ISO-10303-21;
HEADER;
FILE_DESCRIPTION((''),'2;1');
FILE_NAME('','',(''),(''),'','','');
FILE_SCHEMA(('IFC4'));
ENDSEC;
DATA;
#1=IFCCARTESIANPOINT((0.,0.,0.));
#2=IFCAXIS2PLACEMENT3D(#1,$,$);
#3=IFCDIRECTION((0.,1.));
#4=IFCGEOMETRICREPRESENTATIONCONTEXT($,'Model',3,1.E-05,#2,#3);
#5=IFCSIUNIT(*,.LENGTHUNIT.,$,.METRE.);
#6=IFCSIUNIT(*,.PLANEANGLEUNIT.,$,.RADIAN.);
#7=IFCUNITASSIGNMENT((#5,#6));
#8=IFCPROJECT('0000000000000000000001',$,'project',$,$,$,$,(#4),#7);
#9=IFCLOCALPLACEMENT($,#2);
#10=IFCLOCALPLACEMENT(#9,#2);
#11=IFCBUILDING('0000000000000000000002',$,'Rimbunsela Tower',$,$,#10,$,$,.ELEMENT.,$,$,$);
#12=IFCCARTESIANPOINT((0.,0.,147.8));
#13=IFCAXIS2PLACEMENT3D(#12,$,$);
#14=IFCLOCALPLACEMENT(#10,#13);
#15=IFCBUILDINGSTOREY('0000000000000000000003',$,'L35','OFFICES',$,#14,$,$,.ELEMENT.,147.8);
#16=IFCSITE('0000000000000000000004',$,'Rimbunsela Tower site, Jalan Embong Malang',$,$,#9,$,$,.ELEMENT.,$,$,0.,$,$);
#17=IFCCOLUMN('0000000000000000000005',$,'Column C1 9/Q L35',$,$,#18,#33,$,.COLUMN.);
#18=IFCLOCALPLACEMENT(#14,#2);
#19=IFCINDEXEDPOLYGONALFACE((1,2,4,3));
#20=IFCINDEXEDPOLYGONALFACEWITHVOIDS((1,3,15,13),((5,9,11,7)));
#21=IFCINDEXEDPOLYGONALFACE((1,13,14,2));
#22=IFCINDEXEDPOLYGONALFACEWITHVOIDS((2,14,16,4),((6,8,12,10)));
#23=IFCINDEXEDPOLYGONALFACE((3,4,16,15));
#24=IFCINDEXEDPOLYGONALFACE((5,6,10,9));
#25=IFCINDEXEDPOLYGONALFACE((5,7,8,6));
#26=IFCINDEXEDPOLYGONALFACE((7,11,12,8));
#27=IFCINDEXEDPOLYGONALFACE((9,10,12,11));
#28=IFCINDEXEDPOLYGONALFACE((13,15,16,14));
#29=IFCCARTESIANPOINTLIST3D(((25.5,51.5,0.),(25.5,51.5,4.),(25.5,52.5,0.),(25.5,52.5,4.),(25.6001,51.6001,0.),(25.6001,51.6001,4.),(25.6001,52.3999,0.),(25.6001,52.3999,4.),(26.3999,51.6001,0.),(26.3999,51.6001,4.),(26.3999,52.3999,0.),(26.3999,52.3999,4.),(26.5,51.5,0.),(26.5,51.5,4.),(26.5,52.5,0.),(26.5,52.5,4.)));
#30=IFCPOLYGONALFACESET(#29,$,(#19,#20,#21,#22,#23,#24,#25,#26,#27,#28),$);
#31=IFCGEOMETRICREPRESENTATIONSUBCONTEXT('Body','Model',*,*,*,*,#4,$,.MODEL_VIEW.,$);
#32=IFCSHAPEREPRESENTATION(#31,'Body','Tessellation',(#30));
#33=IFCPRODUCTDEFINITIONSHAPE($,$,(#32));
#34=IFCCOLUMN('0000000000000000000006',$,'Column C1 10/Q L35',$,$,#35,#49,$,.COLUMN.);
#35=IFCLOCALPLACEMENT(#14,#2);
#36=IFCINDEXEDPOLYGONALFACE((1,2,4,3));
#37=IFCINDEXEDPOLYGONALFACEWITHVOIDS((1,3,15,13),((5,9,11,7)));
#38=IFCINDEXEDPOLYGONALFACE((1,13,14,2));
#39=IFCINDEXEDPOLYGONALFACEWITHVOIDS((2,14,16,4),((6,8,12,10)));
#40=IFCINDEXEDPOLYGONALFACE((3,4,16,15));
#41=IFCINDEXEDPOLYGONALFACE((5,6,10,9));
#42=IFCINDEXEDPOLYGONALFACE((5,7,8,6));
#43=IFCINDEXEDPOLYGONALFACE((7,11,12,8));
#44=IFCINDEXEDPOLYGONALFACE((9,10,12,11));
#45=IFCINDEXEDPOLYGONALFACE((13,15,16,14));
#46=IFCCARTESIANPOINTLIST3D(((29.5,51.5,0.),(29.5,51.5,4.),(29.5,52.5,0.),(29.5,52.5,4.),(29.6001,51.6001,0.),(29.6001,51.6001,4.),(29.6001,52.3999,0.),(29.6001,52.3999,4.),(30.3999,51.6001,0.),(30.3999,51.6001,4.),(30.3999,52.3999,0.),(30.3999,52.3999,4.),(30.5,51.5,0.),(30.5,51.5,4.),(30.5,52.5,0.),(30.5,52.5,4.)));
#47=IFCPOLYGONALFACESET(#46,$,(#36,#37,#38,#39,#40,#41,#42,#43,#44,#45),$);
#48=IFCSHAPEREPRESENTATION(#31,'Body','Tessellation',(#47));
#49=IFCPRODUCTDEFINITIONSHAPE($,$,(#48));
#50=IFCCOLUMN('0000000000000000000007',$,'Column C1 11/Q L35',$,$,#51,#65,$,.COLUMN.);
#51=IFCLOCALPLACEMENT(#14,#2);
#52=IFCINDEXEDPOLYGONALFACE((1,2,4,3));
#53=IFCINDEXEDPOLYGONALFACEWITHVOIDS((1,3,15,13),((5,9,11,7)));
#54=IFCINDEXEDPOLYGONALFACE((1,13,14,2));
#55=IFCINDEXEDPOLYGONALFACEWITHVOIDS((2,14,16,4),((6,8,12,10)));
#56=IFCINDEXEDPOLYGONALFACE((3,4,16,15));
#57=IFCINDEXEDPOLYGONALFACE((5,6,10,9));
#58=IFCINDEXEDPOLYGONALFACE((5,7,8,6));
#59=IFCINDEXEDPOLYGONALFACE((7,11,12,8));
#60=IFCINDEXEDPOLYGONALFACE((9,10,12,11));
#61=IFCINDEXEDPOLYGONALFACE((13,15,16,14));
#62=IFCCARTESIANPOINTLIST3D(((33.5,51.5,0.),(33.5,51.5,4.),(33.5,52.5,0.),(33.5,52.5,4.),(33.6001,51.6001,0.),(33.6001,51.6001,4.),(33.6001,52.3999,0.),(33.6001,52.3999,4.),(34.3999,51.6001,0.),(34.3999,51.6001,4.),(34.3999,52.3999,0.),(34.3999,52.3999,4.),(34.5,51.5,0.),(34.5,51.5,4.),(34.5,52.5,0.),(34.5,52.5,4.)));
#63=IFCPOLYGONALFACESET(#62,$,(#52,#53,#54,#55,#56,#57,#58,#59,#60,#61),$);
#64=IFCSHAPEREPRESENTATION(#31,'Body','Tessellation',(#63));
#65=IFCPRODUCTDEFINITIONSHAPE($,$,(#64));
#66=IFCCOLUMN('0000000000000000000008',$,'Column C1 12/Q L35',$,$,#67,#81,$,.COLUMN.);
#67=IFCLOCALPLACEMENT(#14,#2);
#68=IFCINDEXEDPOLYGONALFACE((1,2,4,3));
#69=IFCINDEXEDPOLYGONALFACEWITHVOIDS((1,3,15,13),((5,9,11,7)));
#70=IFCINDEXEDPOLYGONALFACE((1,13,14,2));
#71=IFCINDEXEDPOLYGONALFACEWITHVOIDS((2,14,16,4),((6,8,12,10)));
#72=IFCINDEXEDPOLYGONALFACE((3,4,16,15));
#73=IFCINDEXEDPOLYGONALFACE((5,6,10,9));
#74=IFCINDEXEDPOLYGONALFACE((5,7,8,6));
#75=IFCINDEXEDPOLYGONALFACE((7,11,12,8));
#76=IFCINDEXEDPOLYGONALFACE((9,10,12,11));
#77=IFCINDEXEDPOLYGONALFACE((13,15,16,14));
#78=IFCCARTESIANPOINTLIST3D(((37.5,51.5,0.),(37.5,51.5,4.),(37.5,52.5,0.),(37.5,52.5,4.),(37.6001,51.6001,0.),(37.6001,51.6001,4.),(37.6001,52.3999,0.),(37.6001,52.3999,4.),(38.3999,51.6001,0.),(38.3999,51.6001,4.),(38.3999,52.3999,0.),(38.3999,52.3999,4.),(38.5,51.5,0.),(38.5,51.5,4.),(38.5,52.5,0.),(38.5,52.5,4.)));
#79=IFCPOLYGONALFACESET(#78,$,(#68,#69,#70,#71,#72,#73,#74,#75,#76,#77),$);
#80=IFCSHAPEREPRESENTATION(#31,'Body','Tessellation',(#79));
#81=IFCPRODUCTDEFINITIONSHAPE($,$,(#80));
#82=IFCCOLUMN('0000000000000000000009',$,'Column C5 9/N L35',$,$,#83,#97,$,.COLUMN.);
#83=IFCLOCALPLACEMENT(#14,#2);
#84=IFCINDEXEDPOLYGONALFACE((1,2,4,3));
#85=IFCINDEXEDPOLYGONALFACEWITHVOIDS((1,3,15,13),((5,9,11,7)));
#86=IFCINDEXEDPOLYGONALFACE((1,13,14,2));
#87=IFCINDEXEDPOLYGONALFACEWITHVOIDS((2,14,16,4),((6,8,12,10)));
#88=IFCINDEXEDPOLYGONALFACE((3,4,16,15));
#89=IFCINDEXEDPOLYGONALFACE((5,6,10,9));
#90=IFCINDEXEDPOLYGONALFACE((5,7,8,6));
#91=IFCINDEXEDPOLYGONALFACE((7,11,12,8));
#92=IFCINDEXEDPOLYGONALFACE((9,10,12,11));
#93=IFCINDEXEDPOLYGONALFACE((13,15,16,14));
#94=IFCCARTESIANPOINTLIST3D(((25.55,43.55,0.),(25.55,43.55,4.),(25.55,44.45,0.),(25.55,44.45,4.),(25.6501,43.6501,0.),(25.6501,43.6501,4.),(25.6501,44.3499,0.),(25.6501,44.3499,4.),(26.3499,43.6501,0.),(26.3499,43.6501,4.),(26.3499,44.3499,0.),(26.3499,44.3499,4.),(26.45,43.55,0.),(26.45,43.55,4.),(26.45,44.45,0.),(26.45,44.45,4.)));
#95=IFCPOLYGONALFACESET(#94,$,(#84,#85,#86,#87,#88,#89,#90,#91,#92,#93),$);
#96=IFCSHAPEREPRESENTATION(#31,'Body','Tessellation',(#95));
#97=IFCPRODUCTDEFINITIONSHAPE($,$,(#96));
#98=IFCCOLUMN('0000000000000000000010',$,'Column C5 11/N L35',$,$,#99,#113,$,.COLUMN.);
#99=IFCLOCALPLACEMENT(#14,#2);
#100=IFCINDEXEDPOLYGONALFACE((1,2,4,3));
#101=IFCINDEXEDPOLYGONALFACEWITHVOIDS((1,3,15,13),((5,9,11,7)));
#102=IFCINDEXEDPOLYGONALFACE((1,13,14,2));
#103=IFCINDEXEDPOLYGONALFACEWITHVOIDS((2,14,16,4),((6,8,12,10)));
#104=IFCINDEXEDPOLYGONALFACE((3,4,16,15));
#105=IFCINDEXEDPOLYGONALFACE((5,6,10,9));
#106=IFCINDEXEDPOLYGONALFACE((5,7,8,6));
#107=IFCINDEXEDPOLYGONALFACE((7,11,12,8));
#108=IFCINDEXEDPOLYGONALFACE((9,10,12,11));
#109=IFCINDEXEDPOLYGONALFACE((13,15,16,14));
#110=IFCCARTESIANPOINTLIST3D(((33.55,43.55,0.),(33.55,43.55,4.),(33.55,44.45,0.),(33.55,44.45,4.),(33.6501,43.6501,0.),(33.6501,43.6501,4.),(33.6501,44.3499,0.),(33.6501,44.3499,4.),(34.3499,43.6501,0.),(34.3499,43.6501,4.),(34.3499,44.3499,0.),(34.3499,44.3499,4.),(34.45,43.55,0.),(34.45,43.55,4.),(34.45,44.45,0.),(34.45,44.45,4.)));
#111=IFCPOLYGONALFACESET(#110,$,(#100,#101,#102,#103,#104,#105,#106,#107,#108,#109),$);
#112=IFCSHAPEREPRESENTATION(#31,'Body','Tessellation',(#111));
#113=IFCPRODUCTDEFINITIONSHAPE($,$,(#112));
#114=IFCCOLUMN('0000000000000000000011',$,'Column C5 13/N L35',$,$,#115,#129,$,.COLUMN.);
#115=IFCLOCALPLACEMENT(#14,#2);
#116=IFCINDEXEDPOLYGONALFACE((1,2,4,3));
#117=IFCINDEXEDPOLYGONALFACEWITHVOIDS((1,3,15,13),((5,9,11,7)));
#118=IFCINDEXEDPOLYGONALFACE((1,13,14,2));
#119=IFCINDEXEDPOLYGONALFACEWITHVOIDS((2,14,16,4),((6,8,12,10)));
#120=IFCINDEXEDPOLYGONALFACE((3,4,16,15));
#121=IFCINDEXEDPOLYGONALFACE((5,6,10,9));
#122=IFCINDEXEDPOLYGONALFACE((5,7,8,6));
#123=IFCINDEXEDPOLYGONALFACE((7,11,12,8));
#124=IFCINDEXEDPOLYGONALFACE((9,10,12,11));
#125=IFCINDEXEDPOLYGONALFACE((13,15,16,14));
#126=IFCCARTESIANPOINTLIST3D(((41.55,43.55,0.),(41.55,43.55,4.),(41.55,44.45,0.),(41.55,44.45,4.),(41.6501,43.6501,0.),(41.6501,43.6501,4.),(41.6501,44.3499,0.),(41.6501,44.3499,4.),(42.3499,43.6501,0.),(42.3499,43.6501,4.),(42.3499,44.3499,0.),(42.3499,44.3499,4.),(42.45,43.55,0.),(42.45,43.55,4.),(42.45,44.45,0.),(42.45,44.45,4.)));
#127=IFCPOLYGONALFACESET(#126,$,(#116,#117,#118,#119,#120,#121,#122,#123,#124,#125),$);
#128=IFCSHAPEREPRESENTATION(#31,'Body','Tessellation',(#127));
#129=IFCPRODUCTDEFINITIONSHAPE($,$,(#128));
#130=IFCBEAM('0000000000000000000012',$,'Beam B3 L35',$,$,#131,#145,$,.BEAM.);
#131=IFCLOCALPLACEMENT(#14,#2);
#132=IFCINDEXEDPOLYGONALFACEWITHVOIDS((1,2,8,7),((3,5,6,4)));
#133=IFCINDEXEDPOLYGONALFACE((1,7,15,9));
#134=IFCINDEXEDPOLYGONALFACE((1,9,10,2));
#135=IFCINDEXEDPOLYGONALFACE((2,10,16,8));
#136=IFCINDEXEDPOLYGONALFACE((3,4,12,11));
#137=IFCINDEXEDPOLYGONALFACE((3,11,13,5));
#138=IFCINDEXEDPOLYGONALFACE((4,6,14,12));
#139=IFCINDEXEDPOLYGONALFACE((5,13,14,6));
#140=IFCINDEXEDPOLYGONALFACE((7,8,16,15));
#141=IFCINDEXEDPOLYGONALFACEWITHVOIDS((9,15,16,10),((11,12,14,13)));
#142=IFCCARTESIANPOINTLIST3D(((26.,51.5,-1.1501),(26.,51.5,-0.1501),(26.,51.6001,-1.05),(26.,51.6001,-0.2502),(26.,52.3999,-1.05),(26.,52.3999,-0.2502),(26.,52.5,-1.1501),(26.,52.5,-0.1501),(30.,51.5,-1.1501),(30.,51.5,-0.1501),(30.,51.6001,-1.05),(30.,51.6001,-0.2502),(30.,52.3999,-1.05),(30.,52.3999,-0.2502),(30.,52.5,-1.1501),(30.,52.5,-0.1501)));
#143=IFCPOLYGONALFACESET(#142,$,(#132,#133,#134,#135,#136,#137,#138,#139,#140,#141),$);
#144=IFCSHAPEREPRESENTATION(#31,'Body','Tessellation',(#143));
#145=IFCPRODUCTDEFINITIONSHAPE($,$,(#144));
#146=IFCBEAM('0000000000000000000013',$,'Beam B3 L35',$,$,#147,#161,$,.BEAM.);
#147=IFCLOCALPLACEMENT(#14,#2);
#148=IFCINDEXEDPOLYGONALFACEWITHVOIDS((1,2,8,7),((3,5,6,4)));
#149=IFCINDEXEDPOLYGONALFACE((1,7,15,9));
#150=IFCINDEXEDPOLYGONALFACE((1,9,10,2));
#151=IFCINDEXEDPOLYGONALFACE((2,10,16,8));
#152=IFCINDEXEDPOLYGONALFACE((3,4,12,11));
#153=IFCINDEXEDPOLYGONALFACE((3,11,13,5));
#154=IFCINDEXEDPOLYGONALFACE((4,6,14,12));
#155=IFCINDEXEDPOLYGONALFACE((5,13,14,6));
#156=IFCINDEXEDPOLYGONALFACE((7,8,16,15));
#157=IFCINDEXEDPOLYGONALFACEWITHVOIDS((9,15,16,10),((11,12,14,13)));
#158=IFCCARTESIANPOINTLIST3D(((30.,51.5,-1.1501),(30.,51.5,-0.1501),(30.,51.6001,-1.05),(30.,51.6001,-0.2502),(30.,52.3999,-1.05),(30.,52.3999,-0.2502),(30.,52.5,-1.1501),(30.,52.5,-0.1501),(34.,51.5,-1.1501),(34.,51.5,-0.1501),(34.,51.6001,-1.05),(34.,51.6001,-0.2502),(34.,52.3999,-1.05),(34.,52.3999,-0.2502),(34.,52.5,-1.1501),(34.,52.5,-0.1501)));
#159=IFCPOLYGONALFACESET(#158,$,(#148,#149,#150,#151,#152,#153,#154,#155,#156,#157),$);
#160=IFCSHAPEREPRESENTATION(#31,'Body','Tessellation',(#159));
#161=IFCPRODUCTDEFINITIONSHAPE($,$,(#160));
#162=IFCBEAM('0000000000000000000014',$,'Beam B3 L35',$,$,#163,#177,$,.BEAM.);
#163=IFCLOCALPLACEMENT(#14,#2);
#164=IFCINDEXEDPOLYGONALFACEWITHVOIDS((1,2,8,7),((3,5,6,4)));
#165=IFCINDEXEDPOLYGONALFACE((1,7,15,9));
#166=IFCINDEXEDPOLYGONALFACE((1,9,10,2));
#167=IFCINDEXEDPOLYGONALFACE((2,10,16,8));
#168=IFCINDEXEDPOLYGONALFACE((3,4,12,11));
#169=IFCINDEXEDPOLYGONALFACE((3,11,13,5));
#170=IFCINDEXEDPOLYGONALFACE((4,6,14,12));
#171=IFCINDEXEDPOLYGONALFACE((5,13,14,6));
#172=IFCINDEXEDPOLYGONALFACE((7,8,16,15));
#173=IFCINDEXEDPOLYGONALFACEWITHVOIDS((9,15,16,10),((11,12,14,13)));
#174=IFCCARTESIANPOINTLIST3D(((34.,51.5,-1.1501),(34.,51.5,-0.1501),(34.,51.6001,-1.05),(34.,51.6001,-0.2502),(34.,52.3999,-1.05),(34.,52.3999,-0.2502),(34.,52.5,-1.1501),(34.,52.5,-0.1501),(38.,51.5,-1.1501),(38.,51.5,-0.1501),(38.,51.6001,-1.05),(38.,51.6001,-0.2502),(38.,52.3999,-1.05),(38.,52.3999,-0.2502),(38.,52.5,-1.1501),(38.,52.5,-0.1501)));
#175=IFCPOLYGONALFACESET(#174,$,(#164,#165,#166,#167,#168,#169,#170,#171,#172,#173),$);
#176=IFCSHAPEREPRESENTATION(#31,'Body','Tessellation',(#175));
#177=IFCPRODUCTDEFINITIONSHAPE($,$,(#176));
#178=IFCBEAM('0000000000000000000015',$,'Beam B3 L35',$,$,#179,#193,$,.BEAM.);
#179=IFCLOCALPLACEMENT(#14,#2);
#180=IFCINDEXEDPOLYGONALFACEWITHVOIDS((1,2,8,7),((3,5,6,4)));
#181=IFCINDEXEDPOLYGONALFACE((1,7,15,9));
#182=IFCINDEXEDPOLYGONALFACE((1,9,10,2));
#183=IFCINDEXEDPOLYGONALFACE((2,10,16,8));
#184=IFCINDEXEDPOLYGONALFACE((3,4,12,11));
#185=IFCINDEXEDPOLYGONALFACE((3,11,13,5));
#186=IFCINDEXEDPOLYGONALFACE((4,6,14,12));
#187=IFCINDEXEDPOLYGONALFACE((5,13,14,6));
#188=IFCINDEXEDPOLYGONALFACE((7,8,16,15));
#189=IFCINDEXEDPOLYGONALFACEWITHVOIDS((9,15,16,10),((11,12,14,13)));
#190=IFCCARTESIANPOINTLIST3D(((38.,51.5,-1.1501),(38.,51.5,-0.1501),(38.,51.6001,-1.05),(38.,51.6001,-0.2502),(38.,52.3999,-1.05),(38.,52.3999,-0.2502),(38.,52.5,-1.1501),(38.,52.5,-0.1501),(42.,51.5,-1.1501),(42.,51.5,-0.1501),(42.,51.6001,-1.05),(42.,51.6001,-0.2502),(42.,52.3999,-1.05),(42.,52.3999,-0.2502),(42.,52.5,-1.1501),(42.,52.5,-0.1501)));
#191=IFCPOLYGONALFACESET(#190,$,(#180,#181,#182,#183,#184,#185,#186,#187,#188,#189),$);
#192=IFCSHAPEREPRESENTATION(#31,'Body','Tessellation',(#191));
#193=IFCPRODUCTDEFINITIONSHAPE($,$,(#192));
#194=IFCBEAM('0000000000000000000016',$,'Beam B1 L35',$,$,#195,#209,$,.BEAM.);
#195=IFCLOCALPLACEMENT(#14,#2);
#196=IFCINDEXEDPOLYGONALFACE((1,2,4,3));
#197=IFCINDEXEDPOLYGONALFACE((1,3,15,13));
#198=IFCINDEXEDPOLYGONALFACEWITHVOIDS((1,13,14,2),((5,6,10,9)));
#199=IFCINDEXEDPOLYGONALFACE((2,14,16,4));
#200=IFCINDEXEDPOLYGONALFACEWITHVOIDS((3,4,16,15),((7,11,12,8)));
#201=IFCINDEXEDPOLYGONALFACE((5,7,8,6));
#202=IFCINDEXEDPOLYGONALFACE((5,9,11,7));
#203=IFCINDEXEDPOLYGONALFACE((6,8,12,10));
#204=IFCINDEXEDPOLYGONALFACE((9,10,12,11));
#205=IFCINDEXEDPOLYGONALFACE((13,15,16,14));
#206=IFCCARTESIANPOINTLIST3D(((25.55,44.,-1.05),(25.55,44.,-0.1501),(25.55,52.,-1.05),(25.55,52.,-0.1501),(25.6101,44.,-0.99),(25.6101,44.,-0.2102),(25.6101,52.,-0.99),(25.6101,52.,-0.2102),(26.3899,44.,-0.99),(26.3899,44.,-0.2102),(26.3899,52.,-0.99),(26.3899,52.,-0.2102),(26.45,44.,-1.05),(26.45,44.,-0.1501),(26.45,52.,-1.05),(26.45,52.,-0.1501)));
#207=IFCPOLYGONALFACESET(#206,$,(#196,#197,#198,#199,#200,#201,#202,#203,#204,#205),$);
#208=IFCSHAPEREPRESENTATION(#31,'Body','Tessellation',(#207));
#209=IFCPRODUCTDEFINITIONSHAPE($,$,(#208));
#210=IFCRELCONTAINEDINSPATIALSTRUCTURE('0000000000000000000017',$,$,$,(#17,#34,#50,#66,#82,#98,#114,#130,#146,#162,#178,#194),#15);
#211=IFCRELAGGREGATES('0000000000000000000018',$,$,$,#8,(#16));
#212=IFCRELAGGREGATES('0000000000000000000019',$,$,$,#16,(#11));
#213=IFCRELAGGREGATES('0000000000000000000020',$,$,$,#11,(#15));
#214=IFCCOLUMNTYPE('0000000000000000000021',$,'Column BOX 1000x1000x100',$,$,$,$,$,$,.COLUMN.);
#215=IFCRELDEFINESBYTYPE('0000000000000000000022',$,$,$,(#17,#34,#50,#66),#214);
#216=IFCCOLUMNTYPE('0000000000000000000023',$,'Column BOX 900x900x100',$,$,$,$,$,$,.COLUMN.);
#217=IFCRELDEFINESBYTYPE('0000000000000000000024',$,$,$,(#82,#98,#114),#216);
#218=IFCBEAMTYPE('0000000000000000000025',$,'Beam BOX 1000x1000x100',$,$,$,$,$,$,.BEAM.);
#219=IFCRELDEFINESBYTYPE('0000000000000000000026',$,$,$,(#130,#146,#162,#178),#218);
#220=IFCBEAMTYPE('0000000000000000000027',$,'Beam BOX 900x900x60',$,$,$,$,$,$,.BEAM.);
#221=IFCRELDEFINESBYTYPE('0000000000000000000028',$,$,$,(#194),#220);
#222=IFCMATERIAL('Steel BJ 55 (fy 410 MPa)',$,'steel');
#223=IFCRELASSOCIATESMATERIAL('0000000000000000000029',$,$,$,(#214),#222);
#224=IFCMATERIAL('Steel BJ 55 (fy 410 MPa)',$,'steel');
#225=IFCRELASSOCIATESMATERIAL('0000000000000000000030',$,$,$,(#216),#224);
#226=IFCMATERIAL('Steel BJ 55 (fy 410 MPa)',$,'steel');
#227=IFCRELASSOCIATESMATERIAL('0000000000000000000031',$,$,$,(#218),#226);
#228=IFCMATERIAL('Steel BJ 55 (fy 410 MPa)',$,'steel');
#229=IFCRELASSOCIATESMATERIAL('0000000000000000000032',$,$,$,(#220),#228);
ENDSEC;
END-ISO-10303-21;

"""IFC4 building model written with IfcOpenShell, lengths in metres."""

from ifc_helpers import new_model, si_unit, direction, frame, origin, origin_2d, place, context, subcontext, project, spatial, hollow_rectangle, extrude, material, material_profile, profile_set, type_object, element, save


model = new_model("IFC4")

# Units and contexts
model_context = context("Model", 3, precision=1e-05, world=origin(), true_north=direction((0.0, 1.0)))
body_context = subcontext(model_context, "Body", "Model", "MODEL_VIEW")
ifc_project = project(units=[si_unit("LENGTHUNIT", "METRE"), si_unit("PLANEANGLEUNIT", "RADIAN")], contexts=[model_context])

# Site, building, storey
site_placement = place(None, origin())
site = spatial("IfcSite", under=ifc_project, at=site_placement, Name="Rimbunsela Tower site, Jalan Embong Malang", CompositionType="ELEMENT", RefElevation=0.0)
building_placement = place(site_placement, origin())
building = spatial("IfcBuilding", under=site, at=building_placement, Name="Rimbunsela Tower", CompositionType="ELEMENT")
storey_placement = place(building_placement, frame((0.0, 0.0, 147.8)))
storey = spatial("IfcBuildingStorey", under=building, at=storey_placement, Name="L35", Description="OFFICES", CompositionType="ELEMENT", Elevation=147.8)

# Columns
ifc_material_1 = material(Name="Steel BJ 55 (fy 410 MPa)", Category="steel")
ifc_material_profile_1 = material_profile(ifc_material_1, hollow_rectangle(XDim=1.0, YDim=1.0, WallThickness=0.1001, at=origin_2d()), Name="BOX 1000x1000x100")
ifc_profile_set_1 = profile_set([ifc_material_profile_1], Name="Steel BJ 55 (fy 410 MPa)")
column_type_1 = type_object("IfcColumnType", Name="Column BOX 1000x1000x100", PredefinedType="COLUMN", material=ifc_profile_set_1)
for number, where, z_axis, x_axis, name in (
    (1, (26.0, 52.0, 0.0), (0.0, 0.0, 1.0), (1.0, 0.0, 0.0), "Column C1 9/Q L35"),
    (2, (30.0, 52.0, 0.0), (0.0, 0.0, 1.0), (1.0, 0.0, 0.0), "Column C1 10/Q L35"),
    (3, (34.0, 52.0, 0.0), (0.0, 0.0, 1.0), (1.0, 0.0, 0.0), "Column C1 11/Q L35"),
    (4, (38.0, 52.0, 0.0), (0.0, 0.0, 1.0), (1.0, 0.0, 0.0), "Column C1 12/Q L35"),
):
    element("IfcColumn", number, at=place(storey_placement, frame(where, z_axis=z_axis, x_axis=x_axis)), inside=storey, type_object=column_type_1, Name=name, PredefinedType="COLUMN", context=body_context, shape_type="SweptSolid", body=[
        extrude(hollow_rectangle(XDim=1.0, YDim=1.0, WallThickness=0.1001, at=origin_2d()), origin(), (0.0, 0.0, 1.0), 4.0),
    ])
ifc_material_2 = material(Name="Steel BJ 55 (fy 410 MPa)", Category="steel")
ifc_material_profile_2 = material_profile(ifc_material_2, hollow_rectangle(XDim=0.8999, YDim=0.8999, WallThickness=0.1001, at=origin_2d()), Name="BOX 900x900x100")
ifc_profile_set_2 = profile_set([ifc_material_profile_2], Name="Steel BJ 55 (fy 410 MPa)")
column_type_2 = type_object("IfcColumnType", Name="Column BOX 900x900x100", PredefinedType="COLUMN", material=ifc_profile_set_2)
for number, where, z_axis, x_axis, name in (
    (5, (26.0, 44.0, 0.0), (0.0, 0.0, 1.0), (1.0, 0.0, 0.0), "Column C5 9/N L35"),
    (6, (34.0, 44.0, 0.0), (0.0, 0.0, 1.0), (1.0, 0.0, 0.0), "Column C5 11/N L35"),
    (7, (42.0, 44.0, 0.0), (0.0, 0.0, 1.0), (1.0, 0.0, 0.0), "Column C5 13/N L35"),
):
    element("IfcColumn", number, at=place(storey_placement, frame(where, z_axis=z_axis, x_axis=x_axis)), inside=storey, type_object=column_type_2, Name=name, PredefinedType="COLUMN", context=body_context, shape_type="SweptSolid", body=[
        extrude(hollow_rectangle(XDim=0.8999, YDim=0.8999, WallThickness=0.1001, at=origin_2d()), origin(), (0.0, 0.0, 1.0), 4.0),
    ])

# Beams
ifc_material_3 = material(Name="Steel BJ 55 (fy 410 MPa)", Category="steel")
ifc_material_profile_3 = material_profile(ifc_material_3, hollow_rectangle(XDim=1.0, YDim=1.0, WallThickness=0.1001, at=origin_2d()), Name="BOX 1000x1000x100")
ifc_profile_set_3 = profile_set([ifc_material_profile_3], Name="Steel BJ 55 (fy 410 MPa)")
beam_type_1 = type_object("IfcBeamType", Name="Beam BOX 1000x1000x100", PredefinedType="BEAM", material=ifc_profile_set_3)
for number, where, z_axis, x_axis, name in (
    (8, (26.0, 52.0, -0.6501), (1.0, 0.0, 0.0), (0.0, 1.0, 0.0), "Beam B3 L35"),
    (9, (30.0, 52.0, -0.6501), (1.0, 0.0, 0.0), (0.0, 1.0, 0.0), "Beam B3 L35"),
    (10, (34.0, 52.0, -0.6501), (1.0, 0.0, 0.0), (0.0, 1.0, 0.0), "Beam B3 L35"),
    (11, (38.0, 52.0, -0.6501), (1.0, 0.0, 0.0), (0.0, 1.0, 0.0), "Beam B3 L35"),
):
    element("IfcBeam", number, at=place(storey_placement, frame(where, z_axis=z_axis, x_axis=x_axis)), inside=storey, type_object=beam_type_1, Name=name, PredefinedType="BEAM", context=body_context, shape_type="SweptSolid", body=[
        extrude(hollow_rectangle(XDim=1.0, YDim=1.0, WallThickness=0.1001, at=origin_2d()), origin(), (0.0, 0.0, 1.0), 4.0),
    ])
ifc_material_4 = material(Name="Steel BJ 55 (fy 410 MPa)", Category="steel")
ifc_material_profile_4 = material_profile(ifc_material_4, hollow_rectangle(XDim=0.8999, YDim=0.8999, WallThickness=0.0601, at=origin_2d()), Name="BOX 900x900x60")
ifc_profile_set_4 = profile_set([ifc_material_profile_4], Name="Steel BJ 55 (fy 410 MPa)")
beam_type_2 = type_object("IfcBeamType", Name="Beam BOX 900x900x60", PredefinedType="BEAM", material=ifc_profile_set_4)
for number, where, z_axis, x_axis, name in (
    (12, (26.0, 44.0, -0.6001), (0.0, 1.0, 0.0), (-1.0, 0.0, 0.0), "Beam B1 L35"),
):
    element("IfcBeam", number, at=place(storey_placement, frame(where, z_axis=z_axis, x_axis=x_axis)), inside=storey, type_object=beam_type_2, Name=name, PredefinedType="BEAM", context=body_context, shape_type="SweptSolid", body=[
        extrude(hollow_rectangle(XDim=0.8999, YDim=0.8999, WallThickness=0.0601, at=origin_2d()), origin(), (0.0, 0.0, 1.0), 8.0),
    ])

save(model, "model.ifc")
